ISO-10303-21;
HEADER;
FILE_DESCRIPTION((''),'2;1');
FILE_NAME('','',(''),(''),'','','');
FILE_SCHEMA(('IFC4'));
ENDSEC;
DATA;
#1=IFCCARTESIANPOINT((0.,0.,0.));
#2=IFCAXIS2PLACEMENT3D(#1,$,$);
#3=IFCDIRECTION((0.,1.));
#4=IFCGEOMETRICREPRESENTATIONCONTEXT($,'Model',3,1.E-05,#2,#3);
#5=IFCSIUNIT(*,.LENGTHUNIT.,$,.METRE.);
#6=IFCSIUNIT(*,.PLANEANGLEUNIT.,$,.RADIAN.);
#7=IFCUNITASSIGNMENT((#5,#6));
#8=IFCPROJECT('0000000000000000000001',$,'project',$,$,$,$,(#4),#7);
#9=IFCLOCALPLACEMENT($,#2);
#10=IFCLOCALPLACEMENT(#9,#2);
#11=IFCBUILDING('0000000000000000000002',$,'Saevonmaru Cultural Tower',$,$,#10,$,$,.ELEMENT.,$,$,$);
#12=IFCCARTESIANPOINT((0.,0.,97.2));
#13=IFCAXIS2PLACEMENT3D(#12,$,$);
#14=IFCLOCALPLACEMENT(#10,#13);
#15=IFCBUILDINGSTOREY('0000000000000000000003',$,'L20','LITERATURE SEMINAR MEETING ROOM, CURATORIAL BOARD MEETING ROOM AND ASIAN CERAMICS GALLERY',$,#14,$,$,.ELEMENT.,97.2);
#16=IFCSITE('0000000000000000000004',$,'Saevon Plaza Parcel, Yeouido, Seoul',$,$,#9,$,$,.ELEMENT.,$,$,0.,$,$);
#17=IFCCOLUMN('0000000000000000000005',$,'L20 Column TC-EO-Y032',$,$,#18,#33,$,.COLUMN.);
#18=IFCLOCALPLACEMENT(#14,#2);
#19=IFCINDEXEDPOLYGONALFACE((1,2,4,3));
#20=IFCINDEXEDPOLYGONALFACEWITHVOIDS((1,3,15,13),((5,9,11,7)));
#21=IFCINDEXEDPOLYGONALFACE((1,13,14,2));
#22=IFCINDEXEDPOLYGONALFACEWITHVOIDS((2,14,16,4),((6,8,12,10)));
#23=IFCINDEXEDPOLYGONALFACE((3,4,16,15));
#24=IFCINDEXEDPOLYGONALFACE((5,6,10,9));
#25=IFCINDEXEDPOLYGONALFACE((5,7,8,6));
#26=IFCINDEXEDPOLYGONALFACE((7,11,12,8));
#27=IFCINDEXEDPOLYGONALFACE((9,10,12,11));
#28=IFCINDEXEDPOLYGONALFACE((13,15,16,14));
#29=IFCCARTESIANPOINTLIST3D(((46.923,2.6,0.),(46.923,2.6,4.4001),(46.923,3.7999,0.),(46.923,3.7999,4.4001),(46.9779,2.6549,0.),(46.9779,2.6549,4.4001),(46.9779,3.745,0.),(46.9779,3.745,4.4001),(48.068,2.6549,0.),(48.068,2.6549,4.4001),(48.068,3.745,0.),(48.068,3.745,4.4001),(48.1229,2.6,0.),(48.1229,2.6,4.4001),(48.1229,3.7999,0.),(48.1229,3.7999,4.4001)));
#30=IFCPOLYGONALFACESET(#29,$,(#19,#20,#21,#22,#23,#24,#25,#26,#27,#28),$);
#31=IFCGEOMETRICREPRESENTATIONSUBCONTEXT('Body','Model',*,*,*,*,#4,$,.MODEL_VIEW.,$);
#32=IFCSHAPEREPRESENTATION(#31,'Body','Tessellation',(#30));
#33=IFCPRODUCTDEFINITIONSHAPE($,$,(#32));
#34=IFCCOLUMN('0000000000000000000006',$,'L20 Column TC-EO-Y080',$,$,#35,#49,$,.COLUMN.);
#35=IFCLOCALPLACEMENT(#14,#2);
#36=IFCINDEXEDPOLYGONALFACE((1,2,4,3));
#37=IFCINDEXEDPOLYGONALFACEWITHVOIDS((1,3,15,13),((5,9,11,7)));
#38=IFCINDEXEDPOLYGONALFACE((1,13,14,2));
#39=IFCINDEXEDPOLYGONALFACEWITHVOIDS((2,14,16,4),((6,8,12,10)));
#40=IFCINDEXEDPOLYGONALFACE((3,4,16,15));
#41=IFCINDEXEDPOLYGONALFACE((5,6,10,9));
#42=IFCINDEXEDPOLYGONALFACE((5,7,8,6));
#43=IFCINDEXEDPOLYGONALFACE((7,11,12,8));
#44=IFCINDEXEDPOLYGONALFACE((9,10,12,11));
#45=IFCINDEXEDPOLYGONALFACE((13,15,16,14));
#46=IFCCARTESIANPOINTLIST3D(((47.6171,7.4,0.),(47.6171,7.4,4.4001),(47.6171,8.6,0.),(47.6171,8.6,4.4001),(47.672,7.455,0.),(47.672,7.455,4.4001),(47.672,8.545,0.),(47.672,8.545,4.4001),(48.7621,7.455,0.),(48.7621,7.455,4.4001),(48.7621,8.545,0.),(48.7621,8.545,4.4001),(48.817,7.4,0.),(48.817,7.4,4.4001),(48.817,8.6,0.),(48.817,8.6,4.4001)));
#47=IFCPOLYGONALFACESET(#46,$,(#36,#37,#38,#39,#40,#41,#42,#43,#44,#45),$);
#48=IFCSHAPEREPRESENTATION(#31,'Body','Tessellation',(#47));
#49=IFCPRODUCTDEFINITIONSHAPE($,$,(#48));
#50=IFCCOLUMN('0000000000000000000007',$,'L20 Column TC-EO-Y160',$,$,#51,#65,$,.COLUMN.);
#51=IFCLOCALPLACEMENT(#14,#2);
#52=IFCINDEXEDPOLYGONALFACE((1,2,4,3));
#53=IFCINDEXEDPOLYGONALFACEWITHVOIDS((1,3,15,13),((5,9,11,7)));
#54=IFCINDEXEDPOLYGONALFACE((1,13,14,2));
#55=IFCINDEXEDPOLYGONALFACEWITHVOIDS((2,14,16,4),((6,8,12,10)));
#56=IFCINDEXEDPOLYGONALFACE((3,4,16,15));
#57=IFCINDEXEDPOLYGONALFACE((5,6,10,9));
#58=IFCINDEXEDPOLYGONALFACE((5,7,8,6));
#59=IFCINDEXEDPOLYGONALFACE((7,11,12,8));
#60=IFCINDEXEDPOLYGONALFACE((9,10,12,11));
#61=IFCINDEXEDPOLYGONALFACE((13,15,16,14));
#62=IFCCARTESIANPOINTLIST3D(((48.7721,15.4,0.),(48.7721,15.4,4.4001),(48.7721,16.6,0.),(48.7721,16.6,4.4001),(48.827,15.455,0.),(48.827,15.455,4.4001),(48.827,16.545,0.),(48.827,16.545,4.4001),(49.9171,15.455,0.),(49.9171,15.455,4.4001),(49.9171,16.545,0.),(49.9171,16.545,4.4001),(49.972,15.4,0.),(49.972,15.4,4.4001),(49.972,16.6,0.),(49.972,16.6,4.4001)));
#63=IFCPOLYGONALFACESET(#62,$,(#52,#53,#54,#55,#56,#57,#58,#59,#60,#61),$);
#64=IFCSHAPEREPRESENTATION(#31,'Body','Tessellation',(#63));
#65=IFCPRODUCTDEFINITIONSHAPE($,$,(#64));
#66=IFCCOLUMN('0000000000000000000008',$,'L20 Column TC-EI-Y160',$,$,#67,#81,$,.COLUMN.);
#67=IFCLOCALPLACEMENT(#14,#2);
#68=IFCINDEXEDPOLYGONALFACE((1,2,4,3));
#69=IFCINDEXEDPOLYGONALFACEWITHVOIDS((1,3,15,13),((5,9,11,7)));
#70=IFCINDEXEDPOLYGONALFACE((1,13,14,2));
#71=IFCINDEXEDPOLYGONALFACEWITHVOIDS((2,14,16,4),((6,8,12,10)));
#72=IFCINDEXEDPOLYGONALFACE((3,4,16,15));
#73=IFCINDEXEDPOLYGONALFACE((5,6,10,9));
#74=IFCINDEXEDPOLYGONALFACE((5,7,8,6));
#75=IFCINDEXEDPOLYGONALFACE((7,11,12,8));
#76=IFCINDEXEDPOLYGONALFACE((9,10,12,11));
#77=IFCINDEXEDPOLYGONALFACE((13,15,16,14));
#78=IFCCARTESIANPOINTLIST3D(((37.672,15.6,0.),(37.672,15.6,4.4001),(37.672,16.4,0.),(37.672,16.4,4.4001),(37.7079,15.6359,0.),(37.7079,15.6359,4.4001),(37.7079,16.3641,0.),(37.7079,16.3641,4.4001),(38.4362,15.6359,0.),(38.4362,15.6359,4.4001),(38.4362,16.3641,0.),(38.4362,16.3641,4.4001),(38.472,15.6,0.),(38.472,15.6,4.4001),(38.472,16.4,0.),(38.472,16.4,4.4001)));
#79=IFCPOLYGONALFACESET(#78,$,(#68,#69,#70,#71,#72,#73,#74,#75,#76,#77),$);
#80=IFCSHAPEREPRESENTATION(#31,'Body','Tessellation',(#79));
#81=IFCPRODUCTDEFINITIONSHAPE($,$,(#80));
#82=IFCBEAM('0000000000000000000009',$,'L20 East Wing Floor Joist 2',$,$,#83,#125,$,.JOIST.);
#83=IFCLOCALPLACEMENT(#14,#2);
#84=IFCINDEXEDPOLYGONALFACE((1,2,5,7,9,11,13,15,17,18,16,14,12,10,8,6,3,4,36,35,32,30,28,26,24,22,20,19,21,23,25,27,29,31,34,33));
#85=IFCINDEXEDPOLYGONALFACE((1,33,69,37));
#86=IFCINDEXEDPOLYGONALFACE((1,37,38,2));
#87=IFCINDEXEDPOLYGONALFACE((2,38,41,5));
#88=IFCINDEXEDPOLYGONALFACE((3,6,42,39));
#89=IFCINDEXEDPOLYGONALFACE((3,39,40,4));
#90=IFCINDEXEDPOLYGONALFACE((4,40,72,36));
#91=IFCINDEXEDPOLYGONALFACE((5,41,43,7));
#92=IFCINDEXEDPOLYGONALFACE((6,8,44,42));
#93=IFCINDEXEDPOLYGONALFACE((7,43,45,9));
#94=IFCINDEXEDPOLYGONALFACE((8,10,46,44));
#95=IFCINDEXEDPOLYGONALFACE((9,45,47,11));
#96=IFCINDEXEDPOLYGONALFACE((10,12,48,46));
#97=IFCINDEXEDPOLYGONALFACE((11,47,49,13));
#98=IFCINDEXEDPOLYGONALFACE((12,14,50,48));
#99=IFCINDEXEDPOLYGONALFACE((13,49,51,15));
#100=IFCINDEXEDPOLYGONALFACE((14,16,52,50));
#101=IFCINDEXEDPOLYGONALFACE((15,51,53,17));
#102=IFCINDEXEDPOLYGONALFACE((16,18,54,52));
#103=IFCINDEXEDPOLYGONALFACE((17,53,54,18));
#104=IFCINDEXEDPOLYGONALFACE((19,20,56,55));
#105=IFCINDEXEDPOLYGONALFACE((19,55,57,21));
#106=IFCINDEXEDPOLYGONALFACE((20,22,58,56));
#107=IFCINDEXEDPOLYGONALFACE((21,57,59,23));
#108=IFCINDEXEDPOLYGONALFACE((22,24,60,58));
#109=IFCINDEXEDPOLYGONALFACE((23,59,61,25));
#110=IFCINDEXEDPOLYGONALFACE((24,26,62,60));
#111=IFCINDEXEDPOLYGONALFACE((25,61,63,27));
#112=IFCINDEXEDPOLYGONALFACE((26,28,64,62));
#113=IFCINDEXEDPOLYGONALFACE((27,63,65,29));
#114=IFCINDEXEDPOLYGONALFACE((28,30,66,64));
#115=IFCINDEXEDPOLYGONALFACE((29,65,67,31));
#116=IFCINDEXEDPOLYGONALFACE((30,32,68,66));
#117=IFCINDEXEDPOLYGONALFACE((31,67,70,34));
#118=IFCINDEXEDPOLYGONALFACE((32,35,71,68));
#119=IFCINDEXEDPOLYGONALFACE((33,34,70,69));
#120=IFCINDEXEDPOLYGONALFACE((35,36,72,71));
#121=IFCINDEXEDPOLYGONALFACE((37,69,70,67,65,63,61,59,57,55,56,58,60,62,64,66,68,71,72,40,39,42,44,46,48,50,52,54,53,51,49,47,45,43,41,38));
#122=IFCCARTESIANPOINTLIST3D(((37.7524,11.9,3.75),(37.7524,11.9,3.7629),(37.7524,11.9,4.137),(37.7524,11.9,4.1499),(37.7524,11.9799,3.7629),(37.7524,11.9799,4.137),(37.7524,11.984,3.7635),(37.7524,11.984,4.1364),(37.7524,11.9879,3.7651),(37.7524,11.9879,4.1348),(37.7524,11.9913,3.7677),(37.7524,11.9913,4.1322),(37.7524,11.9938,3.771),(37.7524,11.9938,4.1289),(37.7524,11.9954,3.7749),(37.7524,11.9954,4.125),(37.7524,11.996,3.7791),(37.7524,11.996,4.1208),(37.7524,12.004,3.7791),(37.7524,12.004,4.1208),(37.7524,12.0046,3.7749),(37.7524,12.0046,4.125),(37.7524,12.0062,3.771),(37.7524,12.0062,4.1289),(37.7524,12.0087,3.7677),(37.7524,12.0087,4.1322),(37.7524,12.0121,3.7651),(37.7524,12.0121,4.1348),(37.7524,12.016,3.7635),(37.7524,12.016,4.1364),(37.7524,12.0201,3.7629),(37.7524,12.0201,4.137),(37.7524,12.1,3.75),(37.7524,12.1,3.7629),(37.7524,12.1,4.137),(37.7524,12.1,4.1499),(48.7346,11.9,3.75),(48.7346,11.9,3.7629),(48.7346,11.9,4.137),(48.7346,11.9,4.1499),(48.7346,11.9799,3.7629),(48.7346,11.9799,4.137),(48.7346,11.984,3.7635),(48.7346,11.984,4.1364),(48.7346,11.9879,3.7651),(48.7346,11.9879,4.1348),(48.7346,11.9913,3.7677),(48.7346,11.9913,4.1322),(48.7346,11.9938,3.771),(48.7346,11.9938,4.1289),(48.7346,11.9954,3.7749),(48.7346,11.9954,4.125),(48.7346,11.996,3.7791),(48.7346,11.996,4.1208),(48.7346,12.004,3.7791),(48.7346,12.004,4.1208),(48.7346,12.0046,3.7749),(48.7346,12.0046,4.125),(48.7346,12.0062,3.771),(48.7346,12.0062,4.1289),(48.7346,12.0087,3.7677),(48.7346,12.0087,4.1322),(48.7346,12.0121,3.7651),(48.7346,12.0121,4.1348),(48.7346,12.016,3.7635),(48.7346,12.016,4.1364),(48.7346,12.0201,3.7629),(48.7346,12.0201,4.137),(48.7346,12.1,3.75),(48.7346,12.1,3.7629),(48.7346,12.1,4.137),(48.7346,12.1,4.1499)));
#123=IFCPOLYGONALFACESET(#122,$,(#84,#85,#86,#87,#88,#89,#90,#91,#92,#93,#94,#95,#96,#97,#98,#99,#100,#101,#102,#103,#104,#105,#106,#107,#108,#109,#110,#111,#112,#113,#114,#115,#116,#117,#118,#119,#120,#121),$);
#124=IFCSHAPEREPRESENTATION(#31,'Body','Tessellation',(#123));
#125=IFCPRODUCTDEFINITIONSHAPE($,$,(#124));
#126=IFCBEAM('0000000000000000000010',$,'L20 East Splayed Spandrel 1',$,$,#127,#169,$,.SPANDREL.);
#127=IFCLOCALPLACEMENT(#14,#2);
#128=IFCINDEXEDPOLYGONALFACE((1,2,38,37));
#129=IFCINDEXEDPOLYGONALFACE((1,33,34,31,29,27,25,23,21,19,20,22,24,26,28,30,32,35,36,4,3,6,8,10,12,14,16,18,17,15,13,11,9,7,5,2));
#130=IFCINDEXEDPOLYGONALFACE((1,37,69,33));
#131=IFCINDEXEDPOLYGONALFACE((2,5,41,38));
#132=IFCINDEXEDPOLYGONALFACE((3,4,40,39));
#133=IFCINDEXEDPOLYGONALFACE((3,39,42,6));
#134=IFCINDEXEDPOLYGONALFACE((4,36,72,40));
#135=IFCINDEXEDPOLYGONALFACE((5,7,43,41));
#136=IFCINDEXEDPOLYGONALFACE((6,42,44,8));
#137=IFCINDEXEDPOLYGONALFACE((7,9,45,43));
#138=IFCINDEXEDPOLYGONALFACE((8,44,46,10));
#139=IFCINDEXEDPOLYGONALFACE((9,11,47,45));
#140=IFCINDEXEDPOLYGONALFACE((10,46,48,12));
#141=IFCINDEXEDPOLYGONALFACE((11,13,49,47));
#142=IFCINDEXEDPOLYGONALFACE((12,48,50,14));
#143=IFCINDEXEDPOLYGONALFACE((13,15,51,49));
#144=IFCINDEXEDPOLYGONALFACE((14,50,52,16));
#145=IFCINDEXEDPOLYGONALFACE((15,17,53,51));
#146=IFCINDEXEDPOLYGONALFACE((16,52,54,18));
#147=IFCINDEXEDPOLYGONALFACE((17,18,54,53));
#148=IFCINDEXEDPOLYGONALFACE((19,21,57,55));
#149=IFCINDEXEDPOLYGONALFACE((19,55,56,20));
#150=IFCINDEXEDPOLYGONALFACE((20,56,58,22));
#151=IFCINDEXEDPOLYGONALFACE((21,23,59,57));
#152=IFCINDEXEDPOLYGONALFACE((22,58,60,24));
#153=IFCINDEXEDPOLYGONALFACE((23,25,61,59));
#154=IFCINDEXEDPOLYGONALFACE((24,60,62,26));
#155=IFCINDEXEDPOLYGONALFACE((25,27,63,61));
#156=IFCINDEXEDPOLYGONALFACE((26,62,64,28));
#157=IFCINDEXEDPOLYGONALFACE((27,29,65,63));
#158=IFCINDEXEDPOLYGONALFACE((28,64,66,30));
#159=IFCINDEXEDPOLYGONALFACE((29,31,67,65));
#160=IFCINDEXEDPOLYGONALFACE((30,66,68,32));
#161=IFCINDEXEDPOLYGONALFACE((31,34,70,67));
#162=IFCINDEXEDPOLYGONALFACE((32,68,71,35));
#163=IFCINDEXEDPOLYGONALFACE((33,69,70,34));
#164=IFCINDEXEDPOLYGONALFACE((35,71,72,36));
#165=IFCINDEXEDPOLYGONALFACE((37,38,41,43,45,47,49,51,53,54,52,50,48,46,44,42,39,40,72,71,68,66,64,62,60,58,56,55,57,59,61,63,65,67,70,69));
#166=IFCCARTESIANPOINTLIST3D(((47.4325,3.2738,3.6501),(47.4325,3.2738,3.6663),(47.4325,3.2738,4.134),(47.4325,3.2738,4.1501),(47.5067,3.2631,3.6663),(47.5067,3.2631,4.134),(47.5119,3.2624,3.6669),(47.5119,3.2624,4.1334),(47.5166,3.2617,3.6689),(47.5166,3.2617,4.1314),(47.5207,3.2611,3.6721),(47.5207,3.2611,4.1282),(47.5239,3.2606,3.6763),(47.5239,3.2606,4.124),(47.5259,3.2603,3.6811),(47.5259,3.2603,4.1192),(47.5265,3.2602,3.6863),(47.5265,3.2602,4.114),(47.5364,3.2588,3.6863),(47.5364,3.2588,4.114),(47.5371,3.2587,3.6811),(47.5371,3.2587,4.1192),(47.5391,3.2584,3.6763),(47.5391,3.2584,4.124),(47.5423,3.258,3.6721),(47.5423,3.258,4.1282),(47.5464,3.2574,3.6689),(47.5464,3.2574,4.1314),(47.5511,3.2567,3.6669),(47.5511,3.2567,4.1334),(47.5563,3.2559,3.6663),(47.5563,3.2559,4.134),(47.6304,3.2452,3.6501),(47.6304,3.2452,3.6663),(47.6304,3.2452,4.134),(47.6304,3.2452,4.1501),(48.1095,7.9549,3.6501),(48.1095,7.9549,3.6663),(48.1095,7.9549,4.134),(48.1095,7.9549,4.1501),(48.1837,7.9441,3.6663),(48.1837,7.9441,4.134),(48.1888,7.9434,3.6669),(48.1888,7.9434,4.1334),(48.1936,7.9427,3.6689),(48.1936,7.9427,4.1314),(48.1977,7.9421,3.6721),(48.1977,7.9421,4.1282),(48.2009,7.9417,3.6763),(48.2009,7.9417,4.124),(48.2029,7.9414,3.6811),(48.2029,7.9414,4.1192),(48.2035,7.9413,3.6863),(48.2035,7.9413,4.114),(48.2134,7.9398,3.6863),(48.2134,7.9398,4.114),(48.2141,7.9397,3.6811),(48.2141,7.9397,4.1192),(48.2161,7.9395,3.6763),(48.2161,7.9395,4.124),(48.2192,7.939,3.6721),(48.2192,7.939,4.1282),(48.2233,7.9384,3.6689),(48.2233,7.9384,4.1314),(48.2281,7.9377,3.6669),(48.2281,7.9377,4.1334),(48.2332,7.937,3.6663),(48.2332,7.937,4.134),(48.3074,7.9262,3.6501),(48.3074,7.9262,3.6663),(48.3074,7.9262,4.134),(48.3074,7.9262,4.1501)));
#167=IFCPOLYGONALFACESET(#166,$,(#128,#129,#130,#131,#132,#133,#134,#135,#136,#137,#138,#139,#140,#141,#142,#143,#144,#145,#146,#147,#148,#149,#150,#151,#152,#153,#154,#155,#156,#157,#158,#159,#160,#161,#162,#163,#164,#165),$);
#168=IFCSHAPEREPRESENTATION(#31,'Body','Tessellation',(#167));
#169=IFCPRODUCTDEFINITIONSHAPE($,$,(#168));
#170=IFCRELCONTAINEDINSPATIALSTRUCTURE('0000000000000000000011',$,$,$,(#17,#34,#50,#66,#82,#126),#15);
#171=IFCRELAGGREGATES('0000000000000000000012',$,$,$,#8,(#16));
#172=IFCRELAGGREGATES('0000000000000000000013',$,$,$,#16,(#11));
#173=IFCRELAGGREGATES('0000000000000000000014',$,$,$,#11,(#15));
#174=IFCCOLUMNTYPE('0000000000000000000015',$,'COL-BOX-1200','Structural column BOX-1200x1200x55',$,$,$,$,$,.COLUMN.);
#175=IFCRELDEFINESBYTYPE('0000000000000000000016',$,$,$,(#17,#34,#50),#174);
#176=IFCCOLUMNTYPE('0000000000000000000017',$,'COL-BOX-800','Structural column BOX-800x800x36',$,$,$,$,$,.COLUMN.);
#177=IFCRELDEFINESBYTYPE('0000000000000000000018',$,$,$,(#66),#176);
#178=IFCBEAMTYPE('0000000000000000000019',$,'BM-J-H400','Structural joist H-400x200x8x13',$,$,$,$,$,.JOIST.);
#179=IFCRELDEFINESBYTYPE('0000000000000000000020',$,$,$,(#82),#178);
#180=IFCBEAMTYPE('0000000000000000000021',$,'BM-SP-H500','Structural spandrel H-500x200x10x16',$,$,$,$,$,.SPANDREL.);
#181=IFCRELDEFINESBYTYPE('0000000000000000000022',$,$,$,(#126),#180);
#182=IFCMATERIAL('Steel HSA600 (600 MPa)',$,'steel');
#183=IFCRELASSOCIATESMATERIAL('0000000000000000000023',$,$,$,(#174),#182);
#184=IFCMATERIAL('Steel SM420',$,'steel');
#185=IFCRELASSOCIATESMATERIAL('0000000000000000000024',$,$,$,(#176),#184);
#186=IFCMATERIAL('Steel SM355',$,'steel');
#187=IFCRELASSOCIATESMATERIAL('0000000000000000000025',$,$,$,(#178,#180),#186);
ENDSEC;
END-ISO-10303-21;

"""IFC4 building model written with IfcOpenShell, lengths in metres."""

from ifc_helpers import new_model, si_unit, direction, frame, origin, origin_2d, place, context, subcontext, project, spatial, hollow_rectangle, i_section, extrude, material, material_profile, profile_set, type_object, element, save


model = new_model("IFC4")

# Units and contexts
model_context = context("Model", 3, precision=1e-05, world=origin(), true_north=direction((0.0, 1.0)))
body_context = subcontext(model_context, "Body", "Model", "MODEL_VIEW")
ifc_project = project(units=[si_unit("LENGTHUNIT", "METRE"), si_unit("PLANEANGLEUNIT", "RADIAN")], contexts=[model_context])

# Site, building, storey
site_placement = place(None, origin())
site = spatial("IfcSite", under=ifc_project, at=site_placement, Name="Saevon Plaza Parcel, Yeouido, Seoul", CompositionType="ELEMENT", RefElevation=0.0)
building_placement = place(site_placement, origin())
building = spatial("IfcBuilding", under=site, at=building_placement, Name="Saevonmaru Cultural Tower", CompositionType="ELEMENT")
storey_placement = place(building_placement, frame((0.0, 0.0, 97.2)))
storey = spatial("IfcBuildingStorey", under=building, at=storey_placement, Name="L20", Description="LITERATURE SEMINAR MEETING ROOM, CURATORIAL BOARD MEETING ROOM AND ASIAN CERAMICS GALLERY", CompositionType="ELEMENT", Elevation=97.2)

# Columns
ifc_material_1 = material(Name="Steel HSA600 (600 MPa)", Category="steel")
ifc_material_profile_1 = material_profile(ifc_material_1, hollow_rectangle(XDim=1.2, YDim=1.2, WallThickness=0.0549, at=origin_2d()), Name="BOX-1200x1200x55")
ifc_profile_set_1 = profile_set([ifc_material_profile_1], Name="Steel HSA600 (600 MPa)")
column_type_1 = type_object("IfcColumnType", Name="COL-BOX-1200", Description="Structural column BOX-1200x1200x55", PredefinedType="COLUMN", material=ifc_profile_set_1)
for number, where, z_axis, x_axis, name in (
    (1, (47.5229, 3.2, 0.0), (0.0, 0.0, 1.0), (1.0, 0.0, 0.0), "L20 Column TC-EO-Y032"),
    (2, (48.217, 8.0, 0.0), (0.0, 0.0, 1.0), (1.0, 0.0, 0.0), "L20 Column TC-EO-Y080"),
    (3, (49.3721, 16.0, 0.0), (0.0, 0.0, 1.0), (1.0, 0.0, 0.0), "L20 Column TC-EO-Y160"),
):
    element("IfcColumn", number, at=place(storey_placement, frame(where, z_axis=z_axis, x_axis=x_axis)), inside=storey, type_object=column_type_1, Name=name, PredefinedType="COLUMN", context=body_context, shape_type="SweptSolid", body=[
        extrude(hollow_rectangle(XDim=1.2, YDim=1.2, WallThickness=0.0549, at=origin_2d()), origin(), (0.0, 0.0, 1.0), 4.4001),
    ])
ifc_material_2 = material(Name="Steel SM420", Category="steel")
ifc_material_profile_2 = material_profile(ifc_material_2, hollow_rectangle(XDim=0.8, YDim=0.8, WallThickness=0.0359, at=origin_2d()), Name="BOX-800x800x36")
ifc_profile_set_2 = profile_set([ifc_material_profile_2], Name="Steel SM420")
column_type_2 = type_object("IfcColumnType", Name="COL-BOX-800", Description="Structural column BOX-800x800x36", PredefinedType="COLUMN", material=ifc_profile_set_2)
column_placement = place(storey_placement, frame((38.072, 16.0, 0.0), z_axis=(0.0, 0.0, 1.0), x_axis=(1.0, 0.0, 0.0)))
element("IfcColumn", 4, at=column_placement, inside=storey, type_object=column_type_2, Name="L20 Column TC-EI-Y160", PredefinedType="COLUMN", context=body_context, shape_type="SweptSolid", body=[
    extrude(hollow_rectangle(XDim=0.8, YDim=0.8, WallThickness=0.0359, at=origin_2d()), origin(), (0.0, 0.0, 1.0), 4.4001),
])

# Beams
ifc_material_3 = material(Name="Steel SM355", Category="steel")
ifc_material_profile_3 = material_profile(ifc_material_3, i_section(OverallWidth=0.2, OverallDepth=0.3999, WebThickness=0.0081, FlangeThickness=0.0129, FilletRadius=0.0161, at=origin_2d()), Name="H-400x200x8x13")
ifc_profile_set_3 = profile_set([ifc_material_profile_3], Name="Steel SM355")
beam_type_1 = type_object("IfcBeamType", Name="BM-J-H400", Description="Structural joist H-400x200x8x13", PredefinedType="JOIST", material=ifc_profile_set_3)
beam_1_placement = place(storey_placement, frame((37.7524, 12.0, 3.95), z_axis=(1.0, 0.0, 0.0), x_axis=(0.0, 1.0, 0.0)))
element("IfcBeam", 5, at=beam_1_placement, inside=storey, type_object=beam_type_1, Name="L20 East Wing Floor Joist 2", PredefinedType="JOIST", context=body_context, shape_type="SweptSolid", body=[
    extrude(i_section(OverallWidth=0.2, OverallDepth=0.3999, WebThickness=0.0081, FlangeThickness=0.0129, FilletRadius=0.0161, at=origin_2d()), origin(), (0.0, 0.0, 1.0), 10.9822),
])
ifc_material_profile_4 = material_profile(ifc_material_3, i_section(OverallWidth=0.2, OverallDepth=0.5, WebThickness=0.01, FlangeThickness=0.0161, FilletRadius=0.02, at=origin_2d()), Name="H-500x200x10x16")
ifc_profile_set_4 = profile_set([ifc_material_profile_4], Name="Steel SM355")
beam_type_2 = type_object("IfcBeamType", Name="BM-SP-H500", Description="Structural spandrel H-500x200x10x16", PredefinedType="SPANDREL", material=ifc_profile_set_4)
beam_2_placement = place(storey_placement, frame((47.5315, 3.2595, 3.9001), z_axis=(0.143134, 0.989703, 0.0), x_axis=(-0.989703, 0.143134, 0.0)))
element("IfcBeam", 6, at=beam_2_placement, inside=storey, type_object=beam_type_2, Name="L20 East Splayed Spandrel 1", PredefinedType="SPANDREL", context=body_context, shape_type="SweptSolid", body=[
    extrude(i_section(OverallWidth=0.2, OverallDepth=0.5, WebThickness=0.01, FlangeThickness=0.0161, FilletRadius=0.02, at=origin_2d()), origin(), (0.0, 0.0, 1.0), 4.7297),
])

save(model, "model.ifc")
